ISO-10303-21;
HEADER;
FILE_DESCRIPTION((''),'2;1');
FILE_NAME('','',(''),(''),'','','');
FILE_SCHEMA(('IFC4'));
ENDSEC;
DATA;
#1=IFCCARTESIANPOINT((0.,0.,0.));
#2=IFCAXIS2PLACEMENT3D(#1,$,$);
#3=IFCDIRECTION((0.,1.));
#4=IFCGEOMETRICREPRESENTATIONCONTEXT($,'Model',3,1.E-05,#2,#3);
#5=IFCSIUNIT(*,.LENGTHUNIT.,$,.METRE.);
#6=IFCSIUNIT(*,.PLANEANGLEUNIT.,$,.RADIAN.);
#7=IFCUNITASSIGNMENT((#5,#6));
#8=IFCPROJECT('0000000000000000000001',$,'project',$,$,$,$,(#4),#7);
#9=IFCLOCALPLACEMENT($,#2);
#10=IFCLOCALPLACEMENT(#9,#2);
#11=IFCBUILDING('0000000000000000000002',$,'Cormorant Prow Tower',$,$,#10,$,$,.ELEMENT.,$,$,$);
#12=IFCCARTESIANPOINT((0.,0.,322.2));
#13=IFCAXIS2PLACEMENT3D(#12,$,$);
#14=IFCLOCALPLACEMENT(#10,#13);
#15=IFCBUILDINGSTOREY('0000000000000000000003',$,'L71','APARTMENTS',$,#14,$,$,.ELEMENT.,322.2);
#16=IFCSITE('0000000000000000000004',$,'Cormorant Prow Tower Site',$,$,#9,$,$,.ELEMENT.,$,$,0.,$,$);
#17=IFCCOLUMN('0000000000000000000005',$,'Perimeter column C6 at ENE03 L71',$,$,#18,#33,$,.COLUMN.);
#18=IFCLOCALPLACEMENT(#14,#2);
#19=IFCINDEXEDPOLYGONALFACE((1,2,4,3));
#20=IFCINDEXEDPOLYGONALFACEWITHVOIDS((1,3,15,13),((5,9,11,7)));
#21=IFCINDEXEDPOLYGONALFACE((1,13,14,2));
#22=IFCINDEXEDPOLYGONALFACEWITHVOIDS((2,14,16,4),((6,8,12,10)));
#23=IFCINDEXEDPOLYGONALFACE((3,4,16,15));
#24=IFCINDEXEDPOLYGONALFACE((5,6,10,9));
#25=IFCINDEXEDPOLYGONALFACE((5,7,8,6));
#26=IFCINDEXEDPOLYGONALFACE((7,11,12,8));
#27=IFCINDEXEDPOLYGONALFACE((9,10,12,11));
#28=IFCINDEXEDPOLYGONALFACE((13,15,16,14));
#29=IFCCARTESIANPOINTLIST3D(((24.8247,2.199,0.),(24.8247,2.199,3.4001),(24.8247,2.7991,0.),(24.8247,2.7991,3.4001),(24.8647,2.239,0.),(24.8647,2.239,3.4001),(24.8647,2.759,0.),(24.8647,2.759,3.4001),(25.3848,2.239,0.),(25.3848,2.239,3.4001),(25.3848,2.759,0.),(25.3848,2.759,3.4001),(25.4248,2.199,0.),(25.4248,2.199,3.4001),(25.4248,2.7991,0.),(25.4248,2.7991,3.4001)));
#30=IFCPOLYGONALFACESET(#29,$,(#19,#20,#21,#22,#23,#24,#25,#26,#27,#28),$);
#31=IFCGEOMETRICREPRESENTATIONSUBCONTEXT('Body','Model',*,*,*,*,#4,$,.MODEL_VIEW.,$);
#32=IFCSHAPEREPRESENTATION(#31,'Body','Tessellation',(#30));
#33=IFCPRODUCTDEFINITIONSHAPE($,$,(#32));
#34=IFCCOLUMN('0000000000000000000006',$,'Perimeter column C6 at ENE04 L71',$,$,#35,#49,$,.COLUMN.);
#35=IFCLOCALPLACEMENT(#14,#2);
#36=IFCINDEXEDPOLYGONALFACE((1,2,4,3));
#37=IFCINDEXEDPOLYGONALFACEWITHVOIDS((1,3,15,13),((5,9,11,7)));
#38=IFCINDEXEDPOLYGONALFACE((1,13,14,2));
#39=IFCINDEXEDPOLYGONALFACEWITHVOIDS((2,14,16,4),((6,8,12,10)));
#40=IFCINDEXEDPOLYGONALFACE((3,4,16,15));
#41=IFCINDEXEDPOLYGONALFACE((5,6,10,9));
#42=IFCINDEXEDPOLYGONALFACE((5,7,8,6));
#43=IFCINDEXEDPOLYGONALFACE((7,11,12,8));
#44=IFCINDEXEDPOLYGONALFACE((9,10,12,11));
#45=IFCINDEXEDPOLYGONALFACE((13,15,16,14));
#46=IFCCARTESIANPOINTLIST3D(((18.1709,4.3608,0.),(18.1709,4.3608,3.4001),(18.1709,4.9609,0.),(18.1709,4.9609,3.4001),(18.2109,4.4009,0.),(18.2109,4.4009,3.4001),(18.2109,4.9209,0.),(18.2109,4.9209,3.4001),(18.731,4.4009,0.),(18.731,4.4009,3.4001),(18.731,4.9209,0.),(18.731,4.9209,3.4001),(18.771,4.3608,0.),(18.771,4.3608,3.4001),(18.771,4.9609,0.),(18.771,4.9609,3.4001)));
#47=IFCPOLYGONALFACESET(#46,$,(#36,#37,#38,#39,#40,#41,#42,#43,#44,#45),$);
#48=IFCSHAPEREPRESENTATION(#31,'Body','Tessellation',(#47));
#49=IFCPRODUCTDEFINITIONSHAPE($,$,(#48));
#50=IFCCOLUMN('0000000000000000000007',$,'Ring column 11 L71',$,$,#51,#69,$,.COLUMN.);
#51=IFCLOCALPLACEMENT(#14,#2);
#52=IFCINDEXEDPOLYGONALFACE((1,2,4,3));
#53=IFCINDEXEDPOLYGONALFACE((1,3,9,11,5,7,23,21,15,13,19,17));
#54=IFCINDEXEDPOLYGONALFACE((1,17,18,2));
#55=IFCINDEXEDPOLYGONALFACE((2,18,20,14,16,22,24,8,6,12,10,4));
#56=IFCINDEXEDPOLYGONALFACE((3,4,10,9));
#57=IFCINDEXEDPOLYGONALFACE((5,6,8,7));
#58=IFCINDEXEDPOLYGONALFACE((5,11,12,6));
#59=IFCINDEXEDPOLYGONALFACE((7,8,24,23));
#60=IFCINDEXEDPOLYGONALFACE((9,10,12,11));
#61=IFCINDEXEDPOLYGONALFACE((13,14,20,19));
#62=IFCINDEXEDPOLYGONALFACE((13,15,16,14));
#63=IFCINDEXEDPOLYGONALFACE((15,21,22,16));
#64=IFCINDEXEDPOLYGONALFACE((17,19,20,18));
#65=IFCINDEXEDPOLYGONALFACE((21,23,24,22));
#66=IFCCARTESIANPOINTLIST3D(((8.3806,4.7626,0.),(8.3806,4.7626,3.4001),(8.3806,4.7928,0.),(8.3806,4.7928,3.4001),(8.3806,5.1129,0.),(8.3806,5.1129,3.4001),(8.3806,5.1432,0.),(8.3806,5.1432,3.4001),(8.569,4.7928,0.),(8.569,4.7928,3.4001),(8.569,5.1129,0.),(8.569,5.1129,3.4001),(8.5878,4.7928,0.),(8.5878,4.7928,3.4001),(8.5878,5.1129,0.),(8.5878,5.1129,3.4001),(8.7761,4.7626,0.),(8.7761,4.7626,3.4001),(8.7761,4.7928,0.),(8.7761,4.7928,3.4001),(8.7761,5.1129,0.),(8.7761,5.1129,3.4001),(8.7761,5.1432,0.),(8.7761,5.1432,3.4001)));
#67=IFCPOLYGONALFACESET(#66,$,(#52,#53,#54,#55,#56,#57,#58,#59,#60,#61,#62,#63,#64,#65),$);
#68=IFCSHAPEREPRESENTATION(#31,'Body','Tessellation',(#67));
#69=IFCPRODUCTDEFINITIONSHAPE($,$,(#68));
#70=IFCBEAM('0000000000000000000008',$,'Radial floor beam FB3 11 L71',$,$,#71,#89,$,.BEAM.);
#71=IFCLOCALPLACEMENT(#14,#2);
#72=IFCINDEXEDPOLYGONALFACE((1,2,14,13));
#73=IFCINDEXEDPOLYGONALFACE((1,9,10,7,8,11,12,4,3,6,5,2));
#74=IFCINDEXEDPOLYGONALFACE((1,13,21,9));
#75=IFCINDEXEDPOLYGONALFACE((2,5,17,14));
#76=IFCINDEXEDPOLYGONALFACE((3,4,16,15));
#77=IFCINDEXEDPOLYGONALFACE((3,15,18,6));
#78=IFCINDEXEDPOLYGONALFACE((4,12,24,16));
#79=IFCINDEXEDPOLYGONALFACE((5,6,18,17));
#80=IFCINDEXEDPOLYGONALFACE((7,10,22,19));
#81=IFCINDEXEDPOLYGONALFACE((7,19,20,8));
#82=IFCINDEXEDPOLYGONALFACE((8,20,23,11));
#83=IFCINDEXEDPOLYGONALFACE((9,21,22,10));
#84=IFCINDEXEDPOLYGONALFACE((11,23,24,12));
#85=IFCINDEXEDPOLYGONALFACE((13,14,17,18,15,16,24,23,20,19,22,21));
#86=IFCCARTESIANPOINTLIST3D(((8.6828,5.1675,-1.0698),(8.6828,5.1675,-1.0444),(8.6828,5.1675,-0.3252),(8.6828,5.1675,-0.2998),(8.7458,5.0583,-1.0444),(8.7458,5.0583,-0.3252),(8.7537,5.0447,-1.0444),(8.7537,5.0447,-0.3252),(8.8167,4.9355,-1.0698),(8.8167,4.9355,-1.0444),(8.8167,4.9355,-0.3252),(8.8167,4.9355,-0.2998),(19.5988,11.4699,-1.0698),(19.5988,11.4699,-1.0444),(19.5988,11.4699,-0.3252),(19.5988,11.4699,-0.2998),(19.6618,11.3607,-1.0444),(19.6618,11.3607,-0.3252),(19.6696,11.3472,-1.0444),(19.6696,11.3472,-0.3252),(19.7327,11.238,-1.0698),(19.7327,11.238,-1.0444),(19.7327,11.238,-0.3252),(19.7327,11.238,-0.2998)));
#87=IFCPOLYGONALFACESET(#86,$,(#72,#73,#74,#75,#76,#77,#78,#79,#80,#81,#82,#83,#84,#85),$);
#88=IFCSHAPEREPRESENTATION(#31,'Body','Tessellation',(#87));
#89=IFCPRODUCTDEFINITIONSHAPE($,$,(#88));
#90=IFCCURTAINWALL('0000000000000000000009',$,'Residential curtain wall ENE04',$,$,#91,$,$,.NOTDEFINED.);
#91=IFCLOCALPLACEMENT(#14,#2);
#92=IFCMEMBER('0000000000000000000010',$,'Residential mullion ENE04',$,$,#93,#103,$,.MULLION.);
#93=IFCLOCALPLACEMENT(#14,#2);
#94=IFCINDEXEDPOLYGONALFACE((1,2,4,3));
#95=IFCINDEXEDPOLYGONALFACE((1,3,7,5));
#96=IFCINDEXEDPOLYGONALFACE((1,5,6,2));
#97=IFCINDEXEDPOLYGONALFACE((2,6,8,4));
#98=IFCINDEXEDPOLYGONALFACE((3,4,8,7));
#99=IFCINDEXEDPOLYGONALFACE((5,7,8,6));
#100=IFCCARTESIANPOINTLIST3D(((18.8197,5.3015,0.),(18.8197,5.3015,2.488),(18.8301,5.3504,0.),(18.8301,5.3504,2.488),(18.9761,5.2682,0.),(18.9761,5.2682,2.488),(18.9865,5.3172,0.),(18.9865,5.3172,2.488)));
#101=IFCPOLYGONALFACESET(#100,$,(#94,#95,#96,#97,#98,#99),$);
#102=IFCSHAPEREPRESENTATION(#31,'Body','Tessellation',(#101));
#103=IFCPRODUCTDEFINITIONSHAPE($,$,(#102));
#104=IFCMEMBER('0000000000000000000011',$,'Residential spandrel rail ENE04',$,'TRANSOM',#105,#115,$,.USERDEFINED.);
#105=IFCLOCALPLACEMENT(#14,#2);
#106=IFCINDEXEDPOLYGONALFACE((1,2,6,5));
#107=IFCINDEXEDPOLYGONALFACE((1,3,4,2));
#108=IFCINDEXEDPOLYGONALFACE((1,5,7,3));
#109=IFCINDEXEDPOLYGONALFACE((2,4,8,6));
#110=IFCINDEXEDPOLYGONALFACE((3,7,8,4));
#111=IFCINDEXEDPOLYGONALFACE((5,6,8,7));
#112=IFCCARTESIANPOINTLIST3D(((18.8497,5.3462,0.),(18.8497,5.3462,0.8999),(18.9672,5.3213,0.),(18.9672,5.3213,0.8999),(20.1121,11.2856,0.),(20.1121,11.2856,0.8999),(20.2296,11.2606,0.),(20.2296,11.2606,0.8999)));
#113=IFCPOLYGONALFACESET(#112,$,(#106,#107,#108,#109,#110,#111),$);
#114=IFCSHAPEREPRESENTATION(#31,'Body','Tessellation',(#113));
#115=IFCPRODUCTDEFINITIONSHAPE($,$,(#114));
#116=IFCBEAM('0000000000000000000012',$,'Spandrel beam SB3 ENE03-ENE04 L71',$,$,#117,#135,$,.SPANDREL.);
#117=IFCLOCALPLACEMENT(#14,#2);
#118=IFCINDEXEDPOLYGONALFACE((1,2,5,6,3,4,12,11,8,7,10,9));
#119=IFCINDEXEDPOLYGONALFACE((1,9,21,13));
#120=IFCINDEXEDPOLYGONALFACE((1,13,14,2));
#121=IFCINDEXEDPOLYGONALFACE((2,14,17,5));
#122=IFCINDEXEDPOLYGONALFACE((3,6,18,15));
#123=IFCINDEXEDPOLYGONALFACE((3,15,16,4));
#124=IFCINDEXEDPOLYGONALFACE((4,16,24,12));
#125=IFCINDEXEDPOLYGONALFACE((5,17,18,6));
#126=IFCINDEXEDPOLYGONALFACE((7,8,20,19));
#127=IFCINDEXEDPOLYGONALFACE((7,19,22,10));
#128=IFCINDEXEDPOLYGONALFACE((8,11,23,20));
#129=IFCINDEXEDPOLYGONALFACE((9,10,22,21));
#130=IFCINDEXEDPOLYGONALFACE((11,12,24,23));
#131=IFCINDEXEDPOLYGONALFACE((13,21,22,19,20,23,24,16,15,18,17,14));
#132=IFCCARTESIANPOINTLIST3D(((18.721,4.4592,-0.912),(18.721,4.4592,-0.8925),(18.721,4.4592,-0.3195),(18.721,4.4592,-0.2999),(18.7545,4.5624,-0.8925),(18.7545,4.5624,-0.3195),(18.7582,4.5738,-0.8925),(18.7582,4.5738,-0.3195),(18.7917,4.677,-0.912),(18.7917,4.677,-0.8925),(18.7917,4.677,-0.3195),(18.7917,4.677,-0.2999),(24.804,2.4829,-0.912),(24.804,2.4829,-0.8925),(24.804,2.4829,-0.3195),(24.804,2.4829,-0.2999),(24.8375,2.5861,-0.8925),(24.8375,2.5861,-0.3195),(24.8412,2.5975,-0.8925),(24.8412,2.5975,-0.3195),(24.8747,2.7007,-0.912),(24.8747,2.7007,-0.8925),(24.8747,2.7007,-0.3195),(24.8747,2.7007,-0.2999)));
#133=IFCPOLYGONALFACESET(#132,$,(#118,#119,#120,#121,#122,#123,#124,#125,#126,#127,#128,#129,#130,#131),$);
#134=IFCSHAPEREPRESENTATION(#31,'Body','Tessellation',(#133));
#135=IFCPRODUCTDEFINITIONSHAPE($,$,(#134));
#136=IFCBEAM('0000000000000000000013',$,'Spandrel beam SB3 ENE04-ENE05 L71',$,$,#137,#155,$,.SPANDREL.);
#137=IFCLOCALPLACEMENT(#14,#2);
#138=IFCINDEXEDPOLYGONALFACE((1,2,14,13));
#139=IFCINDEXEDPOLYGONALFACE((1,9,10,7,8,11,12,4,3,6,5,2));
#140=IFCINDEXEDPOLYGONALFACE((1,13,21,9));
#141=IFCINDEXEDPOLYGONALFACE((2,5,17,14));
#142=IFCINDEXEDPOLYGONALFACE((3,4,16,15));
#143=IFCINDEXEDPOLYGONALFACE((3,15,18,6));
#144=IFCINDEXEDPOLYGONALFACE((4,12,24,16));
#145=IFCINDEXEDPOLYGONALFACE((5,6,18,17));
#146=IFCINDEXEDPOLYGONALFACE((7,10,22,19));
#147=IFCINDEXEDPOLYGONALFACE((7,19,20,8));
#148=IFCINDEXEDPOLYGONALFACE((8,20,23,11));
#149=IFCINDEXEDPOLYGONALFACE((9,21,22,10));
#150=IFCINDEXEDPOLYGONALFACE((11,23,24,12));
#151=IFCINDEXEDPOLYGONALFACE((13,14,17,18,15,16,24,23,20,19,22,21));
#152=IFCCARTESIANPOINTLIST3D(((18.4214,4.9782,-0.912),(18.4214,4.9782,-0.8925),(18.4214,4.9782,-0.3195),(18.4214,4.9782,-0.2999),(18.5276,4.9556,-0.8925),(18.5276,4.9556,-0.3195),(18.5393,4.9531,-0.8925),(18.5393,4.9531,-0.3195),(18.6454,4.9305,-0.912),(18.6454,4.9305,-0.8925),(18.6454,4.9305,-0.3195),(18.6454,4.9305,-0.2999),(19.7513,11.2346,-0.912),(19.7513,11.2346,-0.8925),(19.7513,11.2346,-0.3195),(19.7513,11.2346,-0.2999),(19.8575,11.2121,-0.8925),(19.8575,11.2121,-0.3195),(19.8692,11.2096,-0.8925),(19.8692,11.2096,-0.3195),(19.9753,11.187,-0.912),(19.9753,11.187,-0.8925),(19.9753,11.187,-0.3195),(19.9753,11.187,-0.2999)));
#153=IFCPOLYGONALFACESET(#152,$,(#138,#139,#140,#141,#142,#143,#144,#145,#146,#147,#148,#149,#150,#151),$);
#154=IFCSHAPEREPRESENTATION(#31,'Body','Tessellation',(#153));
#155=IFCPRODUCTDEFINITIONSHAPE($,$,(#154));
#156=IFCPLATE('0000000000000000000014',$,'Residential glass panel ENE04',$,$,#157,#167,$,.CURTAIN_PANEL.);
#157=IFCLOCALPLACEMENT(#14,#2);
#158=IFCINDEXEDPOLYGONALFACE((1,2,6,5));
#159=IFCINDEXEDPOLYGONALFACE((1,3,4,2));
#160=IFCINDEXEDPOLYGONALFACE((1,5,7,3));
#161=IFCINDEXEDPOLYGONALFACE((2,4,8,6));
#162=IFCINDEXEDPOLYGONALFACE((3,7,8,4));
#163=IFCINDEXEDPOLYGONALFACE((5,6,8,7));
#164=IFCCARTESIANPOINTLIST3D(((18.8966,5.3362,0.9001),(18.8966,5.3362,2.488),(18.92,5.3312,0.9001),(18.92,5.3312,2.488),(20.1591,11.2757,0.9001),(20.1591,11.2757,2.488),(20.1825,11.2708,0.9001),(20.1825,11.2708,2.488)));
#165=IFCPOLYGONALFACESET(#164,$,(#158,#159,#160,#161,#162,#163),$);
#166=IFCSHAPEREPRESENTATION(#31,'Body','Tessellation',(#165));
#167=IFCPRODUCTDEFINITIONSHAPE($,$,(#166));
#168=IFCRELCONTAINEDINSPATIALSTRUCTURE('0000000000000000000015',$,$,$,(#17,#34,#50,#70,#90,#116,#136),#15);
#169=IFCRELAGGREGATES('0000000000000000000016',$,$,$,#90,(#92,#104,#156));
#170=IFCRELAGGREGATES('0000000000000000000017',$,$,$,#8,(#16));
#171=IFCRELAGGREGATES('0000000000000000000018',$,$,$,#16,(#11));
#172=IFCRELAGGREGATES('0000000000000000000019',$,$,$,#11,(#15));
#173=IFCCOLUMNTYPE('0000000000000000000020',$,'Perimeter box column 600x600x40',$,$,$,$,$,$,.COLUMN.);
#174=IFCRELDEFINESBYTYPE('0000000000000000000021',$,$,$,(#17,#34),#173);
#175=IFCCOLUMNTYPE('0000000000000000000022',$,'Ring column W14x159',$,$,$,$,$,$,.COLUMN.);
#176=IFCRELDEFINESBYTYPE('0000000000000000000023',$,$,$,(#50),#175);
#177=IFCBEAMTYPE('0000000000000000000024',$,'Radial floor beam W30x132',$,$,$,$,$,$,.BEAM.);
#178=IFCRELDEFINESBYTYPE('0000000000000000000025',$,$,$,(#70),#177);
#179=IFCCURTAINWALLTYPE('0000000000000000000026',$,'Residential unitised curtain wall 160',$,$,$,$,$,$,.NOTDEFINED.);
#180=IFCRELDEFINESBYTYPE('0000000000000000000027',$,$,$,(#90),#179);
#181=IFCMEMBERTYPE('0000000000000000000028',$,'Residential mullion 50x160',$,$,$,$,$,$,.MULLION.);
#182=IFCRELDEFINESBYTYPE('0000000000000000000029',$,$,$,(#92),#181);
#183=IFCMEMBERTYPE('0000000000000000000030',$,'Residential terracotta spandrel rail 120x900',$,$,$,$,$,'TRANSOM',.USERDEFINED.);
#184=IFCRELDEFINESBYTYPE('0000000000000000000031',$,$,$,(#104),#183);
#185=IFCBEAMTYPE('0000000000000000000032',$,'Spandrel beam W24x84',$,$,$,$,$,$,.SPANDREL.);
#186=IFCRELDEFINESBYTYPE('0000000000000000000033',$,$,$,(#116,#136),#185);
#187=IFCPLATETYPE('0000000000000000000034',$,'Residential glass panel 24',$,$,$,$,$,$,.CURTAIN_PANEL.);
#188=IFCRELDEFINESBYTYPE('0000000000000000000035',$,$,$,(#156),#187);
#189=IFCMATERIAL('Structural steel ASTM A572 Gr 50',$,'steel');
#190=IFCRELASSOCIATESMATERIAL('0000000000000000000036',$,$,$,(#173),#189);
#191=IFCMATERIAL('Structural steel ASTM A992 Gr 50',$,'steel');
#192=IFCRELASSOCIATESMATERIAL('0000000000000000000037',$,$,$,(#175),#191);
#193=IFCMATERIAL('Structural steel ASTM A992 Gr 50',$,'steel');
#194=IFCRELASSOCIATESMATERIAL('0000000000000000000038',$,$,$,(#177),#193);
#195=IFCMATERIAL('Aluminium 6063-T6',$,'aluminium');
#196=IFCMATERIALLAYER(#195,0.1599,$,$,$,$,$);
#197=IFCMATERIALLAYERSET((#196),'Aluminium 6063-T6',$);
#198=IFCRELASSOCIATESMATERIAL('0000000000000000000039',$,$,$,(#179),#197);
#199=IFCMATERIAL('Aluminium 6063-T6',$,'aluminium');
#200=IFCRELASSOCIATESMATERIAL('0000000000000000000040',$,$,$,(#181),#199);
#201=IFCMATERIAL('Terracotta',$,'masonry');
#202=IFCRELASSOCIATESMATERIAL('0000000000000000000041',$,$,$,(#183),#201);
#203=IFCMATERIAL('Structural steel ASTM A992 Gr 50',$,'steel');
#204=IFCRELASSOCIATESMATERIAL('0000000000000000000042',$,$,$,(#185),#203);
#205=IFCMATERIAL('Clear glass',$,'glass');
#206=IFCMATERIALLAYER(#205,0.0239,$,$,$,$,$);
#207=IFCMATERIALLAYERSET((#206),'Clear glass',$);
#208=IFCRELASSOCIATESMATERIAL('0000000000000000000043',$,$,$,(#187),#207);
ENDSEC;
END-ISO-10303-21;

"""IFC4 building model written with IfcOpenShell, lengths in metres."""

from ifc_helpers import new_model, si_unit, direction, frame, origin, origin_2d, place, context, subcontext, project, spatial, rectangle, hollow_rectangle, i_section, extrude, material, layer, layer_set, material_profile, profile_set, type_object, element, aggregate, save


model = new_model("IFC4")

# Units and contexts
model_context = context("Model", 3, precision=1e-05, world=origin(), true_north=direction((0.0, 1.0)))
body_context = subcontext(model_context, "Body", "Model", "MODEL_VIEW")
ifc_project = project(units=[si_unit("LENGTHUNIT", "METRE"), si_unit("PLANEANGLEUNIT", "RADIAN")], contexts=[model_context])

# Site, building, storey
site_placement = place(None, origin())
site = spatial("IfcSite", under=ifc_project, at=site_placement, Name="Cormorant Prow Tower Site", CompositionType="ELEMENT", RefElevation=0.0)
building_placement = place(site_placement, origin())
building = spatial("IfcBuilding", under=site, at=building_placement, Name="Cormorant Prow Tower", CompositionType="ELEMENT")
storey_placement = place(building_placement, frame((0.0, 0.0, 322.2)))
storey = spatial("IfcBuildingStorey", under=building, at=storey_placement, Name="L71", Description="APARTMENTS", CompositionType="ELEMENT", Elevation=322.2)

# Columns
ifc_material_1 = material(Name="Structural steel ASTM A572 Gr 50", Category="steel")
ifc_material_profile_1 = material_profile(ifc_material_1, hollow_rectangle(XDim=0.6001, YDim=0.6001, WallThickness=0.04, at=origin_2d()), Name="Box 600x600x40")
ifc_profile_set_1 = profile_set([ifc_material_profile_1], Name="Structural steel ASTM A572 Gr 50")
column_type_1 = type_object("IfcColumnType", Name="Perimeter box column 600x600x40", PredefinedType="COLUMN", material=ifc_profile_set_1)
for number, where, z_axis, x_axis, name in (
    (1, (25.1248, 2.499, 0.0), (0.0, 0.0, 1.0), (1.0, 0.0, 0.0), "Perimeter column C6 at ENE03 L71"),
    (2, (18.4709, 4.6609, 0.0), (0.0, 0.0, 1.0), (1.0, 0.0, 0.0), "Perimeter column C6 at ENE04 L71"),
):
    element("IfcColumn", number, at=place(storey_placement, frame(where, z_axis=z_axis, x_axis=x_axis)), inside=storey, type_object=column_type_1, Name=name, PredefinedType="COLUMN", context=body_context, shape_type="SweptSolid", body=[
        extrude(hollow_rectangle(XDim=0.6001, YDim=0.6001, WallThickness=0.04, at=origin_2d()), origin(), (0.0, 0.0, 1.0), 3.4001),
    ])
ifc_material_2 = material(Name="Structural steel ASTM A992 Gr 50", Category="steel")
ifc_material_profile_2 = material_profile(ifc_material_2, i_section(OverallWidth=0.3955, OverallDepth=0.3806, WebThickness=0.0188, FlangeThickness=0.0303, at=origin_2d()), Name="W14x159")
ifc_profile_set_2 = profile_set([ifc_material_profile_2], Name="Structural steel ASTM A992 Gr 50")
column_type_2 = type_object("IfcColumnType", Name="Ring column W14x159", PredefinedType="COLUMN", material=ifc_profile_set_2)
column_placement = place(storey_placement, frame((8.5784, 4.9529, 0.0), z_axis=(0.0, 0.0, 1.0), x_axis=(1.0, 0.0, 0.0)))
element("IfcColumn", 3, at=column_placement, inside=storey, type_object=column_type_2, Name="Ring column 11 L71", PredefinedType="COLUMN", context=body_context, shape_type="SweptSolid", body=[
    extrude(i_section(OverallWidth=0.3955, OverallDepth=0.3806, WebThickness=0.0188, FlangeThickness=0.0303, at=origin_2d()), origin(), (0.0, 0.0, 1.0), 3.4001),
])

# Beam
ifc_material_3 = material(Name="Structural steel ASTM A992 Gr 50", Category="steel")
ifc_material_profile_3 = material_profile(ifc_material_3, i_section(OverallWidth=0.2678, OverallDepth=0.77, WebThickness=0.0156, FlangeThickness=0.0254, at=origin_2d()), Name="W30x132")
ifc_profile_set_3 = profile_set([ifc_material_profile_3], Name="Structural steel ASTM A992 Gr 50")
beam_type_1 = type_object("IfcBeamType", Name="Radial floor beam W30x132", PredefinedType="BEAM", material=ifc_profile_set_3)
beam_1_placement = place(storey_placement, frame((8.7498, 5.0515, -0.6848), z_axis=(0.866021, 0.500007, 0.0), x_axis=(-0.500007, 0.866021, 0.0)))
element("IfcBeam", 4, at=beam_1_placement, inside=storey, type_object=beam_type_1, Name="Radial floor beam FB3 11 L71", PredefinedType="BEAM", context=body_context, shape_type="SweptSolid", body=[
    extrude(i_section(OverallWidth=0.2678, OverallDepth=0.77, WebThickness=0.0156, FlangeThickness=0.0254, at=origin_2d()), origin(), (0.0, 0.0, 1.0), 12.6047),
])

# Curtain wall, members
ifc_material_4 = material(Name="Aluminium 6063-T6", Category="aluminium")
ifc_layer_1 = layer(ifc_material_4, 0.1599)
ifc_layer_set_1 = layer_set([ifc_layer_1], Name="Aluminium 6063-T6")
curtain_wall_type = type_object("IfcCurtainWallType", Name="Residential unitised curtain wall 160", PredefinedType="NOTDEFINED", material=ifc_layer_set_1)
curtain_wall_placement = place(storey_placement, origin())
curtain_wall = element("IfcCurtainWall", 5, at=curtain_wall_placement, inside=storey, type_object=curtain_wall_type, Name="Residential curtain wall ENE04", PredefinedType="NOTDEFINED")
ifc_material_5 = material(Name="Aluminium 6063-T6", Category="aluminium")
ifc_material_profile_4 = material_profile(ifc_material_5, rectangle(XDim=0.1599, YDim=0.05, at=origin_2d()), Name="Residential mullion 50x160")
ifc_profile_set_4 = profile_set([ifc_material_profile_4], Name="Aluminium 6063-T6")
member_type_1 = type_object("IfcMemberType", Name="Residential mullion 50x160", PredefinedType="MULLION", material=ifc_profile_set_4)
member_1_placement = place(storey_placement, frame((18.9031, 5.3093, 0.0), z_axis=(0.0, 0.0, 1.0), x_axis=(-0.978148, 0.207912, 0.0)))
member_1 = element("IfcMember", 6, at=member_1_placement, type_object=member_type_1, Name="Residential mullion ENE04", PredefinedType="MULLION", context=body_context, shape_type="SweptSolid", body=[
    extrude(rectangle(XDim=0.1599, YDim=0.05, at=origin_2d()), origin(), (0.0, 0.0, 1.0), 2.488),
])
ifc_material_6 = material(Name="Terracotta", Category="masonry")
ifc_material_profile_5 = material_profile(ifc_material_6, rectangle(XDim=0.1201, YDim=0.8999, at=origin_2d()), Name="Residential terracotta spandrel rail 120x900")
ifc_profile_set_5 = profile_set([ifc_material_profile_5], Name="Terracotta")
member_type_2 = type_object("IfcMemberType", Name="Residential terracotta spandrel rail 120x900", ElementType="TRANSOM", PredefinedType="USERDEFINED", material=ifc_profile_set_5)
member_2_placement = place(storey_placement, frame((18.9084, 5.3337, 0.45), z_axis=(0.207909, 0.978148, 0.0), x_axis=(-0.978148, 0.207909, 0.0)))
member_2 = element("IfcMember", 7, at=member_2_placement, type_object=member_type_2, Name="Residential spandrel rail ENE04", ObjectType="TRANSOM", PredefinedType="USERDEFINED", context=body_context, shape_type="SweptSolid", body=[
    extrude(rectangle(XDim=0.1201, YDim=0.8999, at=origin_2d()), origin(), (0.0, 0.0, 1.0), 6.072),
])

# Beams
ifc_material_7 = material(Name="Structural steel ASTM A992 Gr 50", Category="steel")
ifc_material_profile_6 = material_profile(ifc_material_7, i_section(OverallWidth=0.229, OverallDepth=0.6121, WebThickness=0.012, FlangeThickness=0.0195, at=origin_2d()), Name="W24x84")
ifc_profile_set_6 = profile_set([ifc_material_profile_6], Name="Structural steel ASTM A992 Gr 50")
beam_type_2 = type_object("IfcBeamType", Name="Spandrel beam W24x84", PredefinedType="SPANDREL", material=ifc_profile_set_6)
beam_2_placement = place(storey_placement, frame((24.8394, 2.5918, -0.606), z_axis=(-0.951064, 0.308993, 0.0), x_axis=(-0.308993, -0.951064, 0.0)))
element("IfcBeam", 8, at=beam_2_placement, inside=storey, type_object=beam_type_2, Name="Spandrel beam SB3 ENE03-ENE04 L71", PredefinedType="SPANDREL", context=body_context, shape_type="SweptSolid", body=[
    extrude(i_section(OverallWidth=0.229, OverallDepth=0.6121, WebThickness=0.012, FlangeThickness=0.0195, at=origin_2d()), origin(), (0.0, 0.0, 1.0), 6.396),
])
beam_3_placement = place(storey_placement, frame((18.5334, 4.9543, -0.606), z_axis=(0.207913, 0.978147, 0.0), x_axis=(-0.978147, 0.207913, 0.0)))
element("IfcBeam", 9, at=beam_3_placement, inside=storey, type_object=beam_type_2, Name="Spandrel beam SB3 ENE04-ENE05 L71", PredefinedType="SPANDREL", context=body_context, shape_type="SweptSolid", body=[
    extrude(i_section(OverallWidth=0.229, OverallDepth=0.6121, WebThickness=0.012, FlangeThickness=0.0195, at=origin_2d()), origin(), (0.0, 0.0, 1.0), 6.3962),
])

# Plate
ifc_material_8 = material(Name="Clear glass", Category="glass")
ifc_layer_2 = layer(ifc_material_8, 0.0239)
ifc_layer_set_2 = layer_set([ifc_layer_2], Name="Clear glass")
plate_type = type_object("IfcPlateType", Name="Residential glass panel 24", PredefinedType="CURTAIN_PANEL", material=ifc_layer_set_2)
plate_placement = place(storey_placement, frame((19.5396, 8.3035, 0.9001), z_axis=(0.0, 0.0, 1.0), x_axis=(0.207912, 0.978148, 0.0)))
plate = element("IfcPlate", 10, at=plate_placement, type_object=plate_type, Name="Residential glass panel ENE04", PredefinedType="CURTAIN_PANEL", context=body_context, shape_type="SweptSolid", body=[
    extrude(rectangle(XDim=6.0723, YDim=0.0239, at=origin_2d()), origin(), (0.0, 0.0, 1.0), 1.5879),
])
aggregate(curtain_wall, [member_1, member_2, plate])

save(model, "model.ifc")
